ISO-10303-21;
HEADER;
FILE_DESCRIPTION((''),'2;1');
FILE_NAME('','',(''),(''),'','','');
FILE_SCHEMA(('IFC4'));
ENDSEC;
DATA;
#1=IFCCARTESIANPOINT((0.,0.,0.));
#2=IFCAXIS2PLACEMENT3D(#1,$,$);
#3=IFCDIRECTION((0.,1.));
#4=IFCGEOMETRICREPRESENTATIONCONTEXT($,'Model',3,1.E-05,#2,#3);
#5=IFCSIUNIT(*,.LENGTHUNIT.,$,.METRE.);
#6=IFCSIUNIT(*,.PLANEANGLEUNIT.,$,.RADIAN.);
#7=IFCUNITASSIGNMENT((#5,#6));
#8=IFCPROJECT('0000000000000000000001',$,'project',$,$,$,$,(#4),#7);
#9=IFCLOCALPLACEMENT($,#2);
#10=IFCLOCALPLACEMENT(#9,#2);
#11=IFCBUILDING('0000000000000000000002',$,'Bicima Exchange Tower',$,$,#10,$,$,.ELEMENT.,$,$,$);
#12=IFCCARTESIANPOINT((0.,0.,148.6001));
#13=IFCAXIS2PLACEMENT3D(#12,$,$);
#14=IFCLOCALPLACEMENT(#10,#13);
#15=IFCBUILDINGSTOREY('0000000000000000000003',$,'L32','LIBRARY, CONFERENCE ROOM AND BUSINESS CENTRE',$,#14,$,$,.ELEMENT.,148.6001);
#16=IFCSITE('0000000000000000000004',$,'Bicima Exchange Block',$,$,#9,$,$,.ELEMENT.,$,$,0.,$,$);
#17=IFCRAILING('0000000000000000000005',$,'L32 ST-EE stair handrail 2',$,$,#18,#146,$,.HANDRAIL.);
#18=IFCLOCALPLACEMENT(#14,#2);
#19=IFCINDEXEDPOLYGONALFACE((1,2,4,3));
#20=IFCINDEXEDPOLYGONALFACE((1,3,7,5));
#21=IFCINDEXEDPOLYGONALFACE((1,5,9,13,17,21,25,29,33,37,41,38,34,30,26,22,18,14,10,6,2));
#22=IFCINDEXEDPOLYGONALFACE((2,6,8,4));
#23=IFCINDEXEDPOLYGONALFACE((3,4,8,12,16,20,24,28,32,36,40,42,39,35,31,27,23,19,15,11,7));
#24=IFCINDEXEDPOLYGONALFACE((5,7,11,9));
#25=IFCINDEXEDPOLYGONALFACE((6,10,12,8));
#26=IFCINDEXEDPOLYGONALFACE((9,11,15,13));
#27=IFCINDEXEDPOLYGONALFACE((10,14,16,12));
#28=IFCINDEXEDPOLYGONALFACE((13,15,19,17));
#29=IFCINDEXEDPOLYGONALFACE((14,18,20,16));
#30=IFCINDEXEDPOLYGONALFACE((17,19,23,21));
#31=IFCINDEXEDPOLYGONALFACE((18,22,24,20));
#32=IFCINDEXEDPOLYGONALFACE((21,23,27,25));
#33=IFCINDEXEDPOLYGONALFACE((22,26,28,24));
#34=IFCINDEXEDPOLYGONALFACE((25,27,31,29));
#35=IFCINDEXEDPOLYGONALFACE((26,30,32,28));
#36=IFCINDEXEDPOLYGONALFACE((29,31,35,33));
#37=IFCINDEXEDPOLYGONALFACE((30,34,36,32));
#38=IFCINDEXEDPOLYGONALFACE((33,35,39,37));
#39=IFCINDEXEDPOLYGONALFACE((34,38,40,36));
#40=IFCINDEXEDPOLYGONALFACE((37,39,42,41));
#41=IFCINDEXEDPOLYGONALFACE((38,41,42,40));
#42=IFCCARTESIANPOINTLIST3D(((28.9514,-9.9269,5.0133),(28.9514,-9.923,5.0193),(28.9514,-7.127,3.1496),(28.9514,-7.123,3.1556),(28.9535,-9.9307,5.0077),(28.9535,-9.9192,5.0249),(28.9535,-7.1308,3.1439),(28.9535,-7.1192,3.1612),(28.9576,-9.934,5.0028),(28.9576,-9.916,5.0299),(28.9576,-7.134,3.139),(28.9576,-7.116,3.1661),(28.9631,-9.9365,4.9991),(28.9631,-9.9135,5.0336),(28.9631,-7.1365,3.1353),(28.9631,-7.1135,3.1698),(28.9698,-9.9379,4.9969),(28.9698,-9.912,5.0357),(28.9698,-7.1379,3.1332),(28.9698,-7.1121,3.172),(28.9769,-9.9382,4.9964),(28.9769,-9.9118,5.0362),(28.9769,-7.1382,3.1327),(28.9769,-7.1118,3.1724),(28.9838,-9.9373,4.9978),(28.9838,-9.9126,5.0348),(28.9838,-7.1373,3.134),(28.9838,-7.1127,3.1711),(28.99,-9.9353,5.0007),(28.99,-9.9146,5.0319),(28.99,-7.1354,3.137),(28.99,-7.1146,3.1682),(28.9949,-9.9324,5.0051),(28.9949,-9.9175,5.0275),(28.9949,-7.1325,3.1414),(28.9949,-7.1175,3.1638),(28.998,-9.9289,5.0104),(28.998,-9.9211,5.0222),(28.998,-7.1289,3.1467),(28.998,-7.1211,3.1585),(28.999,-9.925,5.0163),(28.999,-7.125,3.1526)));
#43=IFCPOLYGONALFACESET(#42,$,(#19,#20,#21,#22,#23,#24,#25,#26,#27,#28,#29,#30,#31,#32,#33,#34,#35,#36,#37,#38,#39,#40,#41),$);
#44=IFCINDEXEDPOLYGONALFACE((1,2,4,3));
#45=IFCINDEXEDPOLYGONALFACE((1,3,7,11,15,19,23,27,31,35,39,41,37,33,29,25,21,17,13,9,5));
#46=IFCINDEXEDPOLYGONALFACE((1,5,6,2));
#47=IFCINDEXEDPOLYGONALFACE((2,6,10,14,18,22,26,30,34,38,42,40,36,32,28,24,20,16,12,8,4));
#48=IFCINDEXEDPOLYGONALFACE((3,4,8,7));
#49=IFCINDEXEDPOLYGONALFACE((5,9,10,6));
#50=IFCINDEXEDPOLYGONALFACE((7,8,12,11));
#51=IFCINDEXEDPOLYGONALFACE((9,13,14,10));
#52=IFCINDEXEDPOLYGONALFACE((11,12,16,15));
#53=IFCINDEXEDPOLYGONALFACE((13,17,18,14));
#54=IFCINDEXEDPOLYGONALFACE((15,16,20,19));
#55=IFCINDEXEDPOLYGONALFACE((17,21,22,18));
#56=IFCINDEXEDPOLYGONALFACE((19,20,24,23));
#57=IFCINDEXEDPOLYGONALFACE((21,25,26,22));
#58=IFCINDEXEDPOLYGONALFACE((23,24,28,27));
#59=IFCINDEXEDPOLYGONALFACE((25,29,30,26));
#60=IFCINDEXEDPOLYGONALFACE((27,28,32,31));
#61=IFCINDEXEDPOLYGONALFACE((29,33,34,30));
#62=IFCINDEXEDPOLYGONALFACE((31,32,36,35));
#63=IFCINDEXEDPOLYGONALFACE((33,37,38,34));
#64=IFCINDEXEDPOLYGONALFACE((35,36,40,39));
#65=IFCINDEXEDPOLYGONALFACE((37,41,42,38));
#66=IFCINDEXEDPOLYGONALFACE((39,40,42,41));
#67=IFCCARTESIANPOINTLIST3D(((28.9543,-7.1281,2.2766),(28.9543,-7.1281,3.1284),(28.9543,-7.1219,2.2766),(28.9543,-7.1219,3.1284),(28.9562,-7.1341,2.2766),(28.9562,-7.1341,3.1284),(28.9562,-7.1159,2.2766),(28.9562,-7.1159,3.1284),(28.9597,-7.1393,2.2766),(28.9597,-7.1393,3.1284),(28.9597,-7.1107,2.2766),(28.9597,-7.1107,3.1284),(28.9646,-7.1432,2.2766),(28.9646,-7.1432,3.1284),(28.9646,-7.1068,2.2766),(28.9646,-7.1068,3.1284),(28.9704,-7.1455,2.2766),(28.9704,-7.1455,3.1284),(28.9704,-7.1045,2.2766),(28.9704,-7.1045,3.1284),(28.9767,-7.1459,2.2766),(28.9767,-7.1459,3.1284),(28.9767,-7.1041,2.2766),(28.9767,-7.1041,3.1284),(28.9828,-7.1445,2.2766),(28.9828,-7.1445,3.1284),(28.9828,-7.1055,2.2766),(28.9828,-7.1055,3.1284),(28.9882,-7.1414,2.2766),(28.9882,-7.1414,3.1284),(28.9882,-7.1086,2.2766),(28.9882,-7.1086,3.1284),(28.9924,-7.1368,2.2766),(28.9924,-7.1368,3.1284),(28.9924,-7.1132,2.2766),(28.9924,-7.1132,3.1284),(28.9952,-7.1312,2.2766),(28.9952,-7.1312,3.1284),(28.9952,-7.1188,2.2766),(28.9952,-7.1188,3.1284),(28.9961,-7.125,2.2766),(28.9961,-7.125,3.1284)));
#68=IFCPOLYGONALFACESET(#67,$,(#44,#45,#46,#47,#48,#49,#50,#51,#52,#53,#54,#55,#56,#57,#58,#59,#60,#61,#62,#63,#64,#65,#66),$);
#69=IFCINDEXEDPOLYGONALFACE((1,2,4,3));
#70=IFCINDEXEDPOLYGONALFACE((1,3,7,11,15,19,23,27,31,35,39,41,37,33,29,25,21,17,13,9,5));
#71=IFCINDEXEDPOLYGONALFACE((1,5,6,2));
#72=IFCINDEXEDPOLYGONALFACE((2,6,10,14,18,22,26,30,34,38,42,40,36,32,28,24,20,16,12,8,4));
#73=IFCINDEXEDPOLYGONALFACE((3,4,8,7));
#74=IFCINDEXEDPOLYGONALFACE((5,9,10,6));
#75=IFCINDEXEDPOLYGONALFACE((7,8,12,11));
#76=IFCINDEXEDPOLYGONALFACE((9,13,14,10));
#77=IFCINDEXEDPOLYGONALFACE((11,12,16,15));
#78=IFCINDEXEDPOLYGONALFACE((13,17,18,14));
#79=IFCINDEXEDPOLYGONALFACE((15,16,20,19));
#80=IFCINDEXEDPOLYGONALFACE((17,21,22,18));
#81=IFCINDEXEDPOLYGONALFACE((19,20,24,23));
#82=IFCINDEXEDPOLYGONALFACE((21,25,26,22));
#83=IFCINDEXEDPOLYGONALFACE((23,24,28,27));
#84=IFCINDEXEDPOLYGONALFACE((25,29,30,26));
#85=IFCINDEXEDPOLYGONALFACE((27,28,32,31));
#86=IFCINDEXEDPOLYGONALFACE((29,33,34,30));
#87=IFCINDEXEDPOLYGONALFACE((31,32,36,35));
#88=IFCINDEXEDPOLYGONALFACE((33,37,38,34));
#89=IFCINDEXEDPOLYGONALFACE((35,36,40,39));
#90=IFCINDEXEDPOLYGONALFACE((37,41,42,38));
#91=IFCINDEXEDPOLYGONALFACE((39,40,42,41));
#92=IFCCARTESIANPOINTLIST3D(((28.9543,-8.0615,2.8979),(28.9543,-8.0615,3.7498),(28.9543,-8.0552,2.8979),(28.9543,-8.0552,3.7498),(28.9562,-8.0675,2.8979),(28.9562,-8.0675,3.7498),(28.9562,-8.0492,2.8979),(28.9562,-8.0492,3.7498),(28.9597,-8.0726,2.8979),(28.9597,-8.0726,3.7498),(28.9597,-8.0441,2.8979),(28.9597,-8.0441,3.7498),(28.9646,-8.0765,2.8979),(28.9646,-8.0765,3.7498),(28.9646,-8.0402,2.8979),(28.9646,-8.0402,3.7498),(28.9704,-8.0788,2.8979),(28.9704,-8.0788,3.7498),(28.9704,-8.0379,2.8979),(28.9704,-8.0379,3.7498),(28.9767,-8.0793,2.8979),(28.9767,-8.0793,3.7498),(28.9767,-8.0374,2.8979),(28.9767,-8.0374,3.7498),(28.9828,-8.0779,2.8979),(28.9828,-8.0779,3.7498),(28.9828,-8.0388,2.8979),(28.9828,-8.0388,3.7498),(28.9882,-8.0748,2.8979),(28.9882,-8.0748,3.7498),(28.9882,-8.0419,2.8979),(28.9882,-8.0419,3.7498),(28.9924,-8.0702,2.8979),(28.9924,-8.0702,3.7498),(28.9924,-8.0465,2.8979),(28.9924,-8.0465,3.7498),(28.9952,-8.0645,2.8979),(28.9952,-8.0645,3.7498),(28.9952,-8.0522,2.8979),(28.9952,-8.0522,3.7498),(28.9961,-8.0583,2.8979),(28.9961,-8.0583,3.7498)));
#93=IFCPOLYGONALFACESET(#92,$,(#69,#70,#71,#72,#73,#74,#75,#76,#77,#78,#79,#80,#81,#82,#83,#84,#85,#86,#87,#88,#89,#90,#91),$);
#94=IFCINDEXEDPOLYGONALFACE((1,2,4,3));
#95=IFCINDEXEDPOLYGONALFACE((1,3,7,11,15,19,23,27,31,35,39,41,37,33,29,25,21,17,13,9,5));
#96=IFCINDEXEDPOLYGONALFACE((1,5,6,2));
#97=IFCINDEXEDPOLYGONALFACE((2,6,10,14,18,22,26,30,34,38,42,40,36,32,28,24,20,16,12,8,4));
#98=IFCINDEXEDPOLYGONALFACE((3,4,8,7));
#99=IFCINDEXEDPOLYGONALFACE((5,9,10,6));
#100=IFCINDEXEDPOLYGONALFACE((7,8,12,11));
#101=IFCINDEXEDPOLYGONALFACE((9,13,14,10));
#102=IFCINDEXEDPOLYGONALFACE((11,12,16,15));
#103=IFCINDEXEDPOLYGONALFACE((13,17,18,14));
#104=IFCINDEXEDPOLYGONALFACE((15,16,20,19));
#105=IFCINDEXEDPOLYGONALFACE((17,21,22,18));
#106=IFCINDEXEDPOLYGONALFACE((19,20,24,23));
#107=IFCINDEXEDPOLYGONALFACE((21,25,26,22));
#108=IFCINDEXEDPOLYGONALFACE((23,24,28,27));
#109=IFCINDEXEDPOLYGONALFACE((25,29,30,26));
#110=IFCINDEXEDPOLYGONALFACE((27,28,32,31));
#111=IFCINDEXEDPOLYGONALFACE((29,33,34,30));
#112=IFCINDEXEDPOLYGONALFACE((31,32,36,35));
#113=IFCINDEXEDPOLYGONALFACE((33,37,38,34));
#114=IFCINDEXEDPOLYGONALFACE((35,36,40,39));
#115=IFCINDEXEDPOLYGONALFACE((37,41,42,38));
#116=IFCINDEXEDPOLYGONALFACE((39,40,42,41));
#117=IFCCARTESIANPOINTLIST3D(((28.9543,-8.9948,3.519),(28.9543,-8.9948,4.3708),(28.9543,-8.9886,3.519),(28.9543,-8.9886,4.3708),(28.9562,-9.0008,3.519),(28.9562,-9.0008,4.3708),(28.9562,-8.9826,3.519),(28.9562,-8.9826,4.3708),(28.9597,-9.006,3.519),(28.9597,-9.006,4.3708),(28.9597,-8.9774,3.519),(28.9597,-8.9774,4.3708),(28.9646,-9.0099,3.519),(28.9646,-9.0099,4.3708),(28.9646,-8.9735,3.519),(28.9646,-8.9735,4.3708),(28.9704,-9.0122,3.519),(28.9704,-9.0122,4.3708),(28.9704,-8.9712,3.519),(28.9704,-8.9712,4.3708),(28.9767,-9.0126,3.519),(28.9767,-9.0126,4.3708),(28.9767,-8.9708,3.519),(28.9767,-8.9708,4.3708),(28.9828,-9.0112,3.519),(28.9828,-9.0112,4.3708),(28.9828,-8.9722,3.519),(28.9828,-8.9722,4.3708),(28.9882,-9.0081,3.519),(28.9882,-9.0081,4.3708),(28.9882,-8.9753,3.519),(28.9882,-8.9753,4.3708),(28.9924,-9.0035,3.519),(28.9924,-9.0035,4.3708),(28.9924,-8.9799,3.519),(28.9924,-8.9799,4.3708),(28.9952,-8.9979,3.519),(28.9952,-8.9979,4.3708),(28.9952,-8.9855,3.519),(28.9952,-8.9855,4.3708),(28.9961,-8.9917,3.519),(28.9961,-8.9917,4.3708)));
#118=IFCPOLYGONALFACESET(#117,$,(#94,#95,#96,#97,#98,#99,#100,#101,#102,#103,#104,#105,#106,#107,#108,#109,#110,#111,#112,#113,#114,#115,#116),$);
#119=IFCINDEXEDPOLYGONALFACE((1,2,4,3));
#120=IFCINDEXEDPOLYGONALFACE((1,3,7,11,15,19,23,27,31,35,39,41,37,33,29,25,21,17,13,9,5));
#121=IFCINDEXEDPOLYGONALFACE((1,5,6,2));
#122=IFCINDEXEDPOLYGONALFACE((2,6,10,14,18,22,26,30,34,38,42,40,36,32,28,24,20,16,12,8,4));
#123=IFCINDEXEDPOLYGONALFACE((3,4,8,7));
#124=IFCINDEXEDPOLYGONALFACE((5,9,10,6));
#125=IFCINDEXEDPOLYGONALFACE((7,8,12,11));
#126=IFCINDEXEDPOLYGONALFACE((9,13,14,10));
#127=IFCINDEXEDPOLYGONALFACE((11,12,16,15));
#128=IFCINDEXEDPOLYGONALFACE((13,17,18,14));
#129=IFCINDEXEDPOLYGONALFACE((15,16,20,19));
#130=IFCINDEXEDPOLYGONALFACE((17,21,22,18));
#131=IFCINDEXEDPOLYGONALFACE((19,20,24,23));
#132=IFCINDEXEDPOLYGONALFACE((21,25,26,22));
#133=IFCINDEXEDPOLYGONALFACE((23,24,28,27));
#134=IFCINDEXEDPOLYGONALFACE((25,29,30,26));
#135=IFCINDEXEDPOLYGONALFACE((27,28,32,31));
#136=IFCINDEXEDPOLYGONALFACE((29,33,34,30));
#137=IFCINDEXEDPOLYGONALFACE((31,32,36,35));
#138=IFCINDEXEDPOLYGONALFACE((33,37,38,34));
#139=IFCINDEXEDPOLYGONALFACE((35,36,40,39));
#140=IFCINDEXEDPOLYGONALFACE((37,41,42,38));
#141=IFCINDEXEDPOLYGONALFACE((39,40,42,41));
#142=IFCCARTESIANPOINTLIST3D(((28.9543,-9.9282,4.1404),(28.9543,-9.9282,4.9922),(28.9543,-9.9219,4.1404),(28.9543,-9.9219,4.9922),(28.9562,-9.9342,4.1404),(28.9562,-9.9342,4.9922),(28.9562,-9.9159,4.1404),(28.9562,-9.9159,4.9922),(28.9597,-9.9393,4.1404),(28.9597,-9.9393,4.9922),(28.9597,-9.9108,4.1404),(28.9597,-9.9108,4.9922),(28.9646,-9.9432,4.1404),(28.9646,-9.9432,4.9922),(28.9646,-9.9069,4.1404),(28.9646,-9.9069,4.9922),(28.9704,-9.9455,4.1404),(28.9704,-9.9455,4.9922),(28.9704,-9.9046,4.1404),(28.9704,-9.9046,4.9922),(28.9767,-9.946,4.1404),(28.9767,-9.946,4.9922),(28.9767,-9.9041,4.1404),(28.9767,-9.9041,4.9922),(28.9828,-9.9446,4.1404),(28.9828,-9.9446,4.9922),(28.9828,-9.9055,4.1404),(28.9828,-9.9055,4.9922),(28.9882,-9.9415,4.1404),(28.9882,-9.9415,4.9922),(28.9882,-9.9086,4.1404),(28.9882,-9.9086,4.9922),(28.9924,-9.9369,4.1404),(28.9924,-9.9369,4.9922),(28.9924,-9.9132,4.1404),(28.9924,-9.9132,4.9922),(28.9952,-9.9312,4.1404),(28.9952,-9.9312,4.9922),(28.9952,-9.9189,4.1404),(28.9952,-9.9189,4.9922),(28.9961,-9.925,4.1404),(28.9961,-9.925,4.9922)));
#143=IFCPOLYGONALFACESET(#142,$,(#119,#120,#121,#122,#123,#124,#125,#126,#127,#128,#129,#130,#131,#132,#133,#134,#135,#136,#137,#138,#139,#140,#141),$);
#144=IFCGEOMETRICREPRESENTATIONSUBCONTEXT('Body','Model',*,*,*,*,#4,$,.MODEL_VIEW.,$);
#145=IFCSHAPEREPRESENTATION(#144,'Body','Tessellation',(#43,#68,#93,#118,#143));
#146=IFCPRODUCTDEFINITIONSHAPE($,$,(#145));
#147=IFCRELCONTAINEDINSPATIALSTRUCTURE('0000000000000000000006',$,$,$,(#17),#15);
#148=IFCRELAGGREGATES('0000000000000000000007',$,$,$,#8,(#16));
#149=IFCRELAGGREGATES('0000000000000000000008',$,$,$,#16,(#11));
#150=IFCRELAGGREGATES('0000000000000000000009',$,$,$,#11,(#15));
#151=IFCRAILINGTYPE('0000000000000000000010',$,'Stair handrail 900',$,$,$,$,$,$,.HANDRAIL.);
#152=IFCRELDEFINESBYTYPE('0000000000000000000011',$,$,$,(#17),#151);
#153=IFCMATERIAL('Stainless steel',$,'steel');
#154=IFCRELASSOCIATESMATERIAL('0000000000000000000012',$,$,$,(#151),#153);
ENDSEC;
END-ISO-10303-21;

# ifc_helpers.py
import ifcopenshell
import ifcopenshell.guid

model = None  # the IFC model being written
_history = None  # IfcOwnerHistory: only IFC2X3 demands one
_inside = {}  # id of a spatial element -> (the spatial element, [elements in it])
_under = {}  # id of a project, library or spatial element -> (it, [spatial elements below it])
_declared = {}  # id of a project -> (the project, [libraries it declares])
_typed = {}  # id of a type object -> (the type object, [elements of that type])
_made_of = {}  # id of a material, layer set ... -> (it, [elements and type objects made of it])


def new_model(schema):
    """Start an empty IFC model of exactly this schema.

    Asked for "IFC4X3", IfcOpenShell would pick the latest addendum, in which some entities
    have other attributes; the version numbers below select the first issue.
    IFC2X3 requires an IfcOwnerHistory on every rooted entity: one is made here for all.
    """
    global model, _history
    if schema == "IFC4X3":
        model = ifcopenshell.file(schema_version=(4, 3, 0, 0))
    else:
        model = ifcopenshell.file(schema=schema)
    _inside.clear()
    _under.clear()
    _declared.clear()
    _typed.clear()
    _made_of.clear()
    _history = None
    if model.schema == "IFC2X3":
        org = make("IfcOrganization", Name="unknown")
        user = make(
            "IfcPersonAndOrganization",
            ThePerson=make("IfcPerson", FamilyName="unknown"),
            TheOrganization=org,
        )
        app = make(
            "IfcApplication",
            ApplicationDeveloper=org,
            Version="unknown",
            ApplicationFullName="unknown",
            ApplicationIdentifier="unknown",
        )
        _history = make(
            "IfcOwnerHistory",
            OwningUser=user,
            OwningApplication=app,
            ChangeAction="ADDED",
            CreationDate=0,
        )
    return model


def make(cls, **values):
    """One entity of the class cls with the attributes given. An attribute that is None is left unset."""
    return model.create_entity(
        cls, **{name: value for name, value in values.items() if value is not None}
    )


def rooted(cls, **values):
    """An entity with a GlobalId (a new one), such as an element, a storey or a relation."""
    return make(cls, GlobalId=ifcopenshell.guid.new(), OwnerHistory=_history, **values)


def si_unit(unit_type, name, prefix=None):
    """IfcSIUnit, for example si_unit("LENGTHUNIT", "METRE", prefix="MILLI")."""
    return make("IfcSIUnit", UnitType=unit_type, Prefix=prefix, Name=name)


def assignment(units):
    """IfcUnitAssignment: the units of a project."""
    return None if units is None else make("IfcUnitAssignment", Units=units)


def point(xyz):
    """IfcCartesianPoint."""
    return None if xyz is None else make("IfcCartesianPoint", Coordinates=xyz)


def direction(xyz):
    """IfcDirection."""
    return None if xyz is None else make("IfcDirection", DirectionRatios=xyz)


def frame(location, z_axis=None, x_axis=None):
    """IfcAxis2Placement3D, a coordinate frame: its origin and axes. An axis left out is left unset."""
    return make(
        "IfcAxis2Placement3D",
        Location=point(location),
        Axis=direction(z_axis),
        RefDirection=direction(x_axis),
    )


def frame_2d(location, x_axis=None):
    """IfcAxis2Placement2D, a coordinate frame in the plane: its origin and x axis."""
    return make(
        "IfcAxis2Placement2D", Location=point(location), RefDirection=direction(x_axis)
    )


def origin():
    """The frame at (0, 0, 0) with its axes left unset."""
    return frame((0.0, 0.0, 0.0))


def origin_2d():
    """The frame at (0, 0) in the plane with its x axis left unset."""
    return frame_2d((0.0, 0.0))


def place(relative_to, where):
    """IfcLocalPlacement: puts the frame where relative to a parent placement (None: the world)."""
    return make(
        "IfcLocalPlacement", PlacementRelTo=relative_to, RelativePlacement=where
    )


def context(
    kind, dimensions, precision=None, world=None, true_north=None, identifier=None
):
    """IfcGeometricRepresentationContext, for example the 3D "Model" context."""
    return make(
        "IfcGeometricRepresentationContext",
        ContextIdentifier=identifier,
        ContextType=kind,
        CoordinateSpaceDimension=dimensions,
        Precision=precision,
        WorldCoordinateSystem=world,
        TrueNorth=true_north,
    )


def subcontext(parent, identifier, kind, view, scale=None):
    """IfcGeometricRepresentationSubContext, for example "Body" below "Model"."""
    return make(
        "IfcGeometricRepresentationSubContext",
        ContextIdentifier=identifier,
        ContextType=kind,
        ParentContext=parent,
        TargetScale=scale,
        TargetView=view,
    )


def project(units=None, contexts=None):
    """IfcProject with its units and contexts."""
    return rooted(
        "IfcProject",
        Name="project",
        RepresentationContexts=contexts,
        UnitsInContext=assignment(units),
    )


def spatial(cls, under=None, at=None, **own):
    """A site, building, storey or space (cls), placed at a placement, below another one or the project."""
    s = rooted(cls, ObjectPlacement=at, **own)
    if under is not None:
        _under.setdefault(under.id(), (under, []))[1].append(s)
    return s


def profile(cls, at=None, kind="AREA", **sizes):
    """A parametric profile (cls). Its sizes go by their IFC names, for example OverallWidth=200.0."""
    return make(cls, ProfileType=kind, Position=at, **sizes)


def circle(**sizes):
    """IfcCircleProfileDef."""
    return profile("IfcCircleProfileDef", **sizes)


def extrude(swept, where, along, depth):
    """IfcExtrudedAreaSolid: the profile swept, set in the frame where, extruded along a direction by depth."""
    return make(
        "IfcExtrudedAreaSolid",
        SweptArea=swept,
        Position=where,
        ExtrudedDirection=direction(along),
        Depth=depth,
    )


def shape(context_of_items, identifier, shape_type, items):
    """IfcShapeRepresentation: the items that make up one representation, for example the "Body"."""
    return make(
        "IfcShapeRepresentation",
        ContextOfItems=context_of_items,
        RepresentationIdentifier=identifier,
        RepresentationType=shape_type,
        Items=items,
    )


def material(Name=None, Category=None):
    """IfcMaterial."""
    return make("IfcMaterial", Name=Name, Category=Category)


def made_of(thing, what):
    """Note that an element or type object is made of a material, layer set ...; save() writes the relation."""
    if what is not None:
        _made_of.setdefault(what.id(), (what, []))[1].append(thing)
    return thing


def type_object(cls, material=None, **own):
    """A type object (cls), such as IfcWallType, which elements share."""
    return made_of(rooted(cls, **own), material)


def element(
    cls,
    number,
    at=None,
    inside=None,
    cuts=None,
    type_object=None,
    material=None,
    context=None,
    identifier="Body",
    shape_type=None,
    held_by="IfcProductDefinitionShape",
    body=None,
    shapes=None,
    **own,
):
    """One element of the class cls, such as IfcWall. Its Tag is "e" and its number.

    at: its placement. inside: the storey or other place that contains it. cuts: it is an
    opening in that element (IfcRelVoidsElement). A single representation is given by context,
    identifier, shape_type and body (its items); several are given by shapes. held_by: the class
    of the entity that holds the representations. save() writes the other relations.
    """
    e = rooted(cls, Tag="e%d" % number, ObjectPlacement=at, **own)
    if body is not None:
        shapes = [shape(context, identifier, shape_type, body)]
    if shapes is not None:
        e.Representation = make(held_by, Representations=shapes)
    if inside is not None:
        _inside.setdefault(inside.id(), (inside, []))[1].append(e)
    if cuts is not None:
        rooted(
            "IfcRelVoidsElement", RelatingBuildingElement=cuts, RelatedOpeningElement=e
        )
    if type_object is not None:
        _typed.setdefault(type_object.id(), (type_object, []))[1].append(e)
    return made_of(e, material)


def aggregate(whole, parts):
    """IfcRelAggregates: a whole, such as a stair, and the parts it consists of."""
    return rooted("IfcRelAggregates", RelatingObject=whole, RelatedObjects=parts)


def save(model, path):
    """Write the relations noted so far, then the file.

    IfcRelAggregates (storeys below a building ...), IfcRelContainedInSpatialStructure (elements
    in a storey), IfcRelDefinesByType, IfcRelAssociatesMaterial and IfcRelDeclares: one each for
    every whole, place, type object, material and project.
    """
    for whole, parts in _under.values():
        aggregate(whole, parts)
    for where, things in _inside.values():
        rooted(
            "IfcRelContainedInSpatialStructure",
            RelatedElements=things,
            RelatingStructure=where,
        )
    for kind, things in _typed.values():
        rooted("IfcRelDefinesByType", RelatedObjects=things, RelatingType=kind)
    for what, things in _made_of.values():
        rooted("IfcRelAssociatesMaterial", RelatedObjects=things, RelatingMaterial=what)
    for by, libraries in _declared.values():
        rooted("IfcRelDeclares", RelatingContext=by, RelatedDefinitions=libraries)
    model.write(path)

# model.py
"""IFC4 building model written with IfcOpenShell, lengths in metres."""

from ifc_helpers import new_model, si_unit, direction, frame, origin, origin_2d, place, context, subcontext, project, spatial, circle, extrude, material, type_object, element, save


model = new_model("IFC4")

# Units and contexts
model_context = context("Model", 3, precision=1e-05, world=origin(), true_north=direction((0.0, 1.0)))
body_context = subcontext(model_context, "Body", "Model", "MODEL_VIEW")
ifc_project = project(units=[si_unit("LENGTHUNIT", "METRE"), si_unit("PLANEANGLEUNIT", "RADIAN")], contexts=[model_context])

# Site, building, storey
site_placement = place(None, origin())
site = spatial("IfcSite", under=ifc_project, at=site_placement, Name="Bicima Exchange Block", CompositionType="ELEMENT", RefElevation=0.0)
building_placement = place(site_placement, origin())
building = spatial("IfcBuilding", under=site, at=building_placement, Name="Bicima Exchange Tower", CompositionType="ELEMENT")
storey_placement = place(building_placement, frame((0.0, 0.0, 148.6001)))
storey = spatial("IfcBuildingStorey", under=building, at=storey_placement, Name="L32", Description="LIBRARY, CONFERENCE ROOM AND BUSINESS CENTRE", CompositionType="ELEMENT", Elevation=148.6001)

# Railing
ifc_material_1 = material(Name="Stainless steel", Category="steel")
railing_type_1 = type_object("IfcRailingType", Name="Stair handrail 900", PredefinedType="HANDRAIL", material=ifc_material_1)
railing_1_placement = place(storey_placement, frame((28.9751, -7.125, 2.2766)))
element("IfcRailing", 1, at=railing_1_placement, inside=storey, type_object=railing_type_1, Name="L32 ST-EE stair handrail 2", PredefinedType="HANDRAIL", context=body_context, shape_type="SweptSolid", body=[
    extrude(circle(Radius=0.0239, at=origin_2d()), frame((0.0, 0.0, 0.876), z_axis=(0.0, -0.832452, 0.554097), x_axis=(1.0, 0.0, 0.0)), (0.0, 0.0, 1.0), 3.3635),
    extrude(circle(Radius=0.021, at=origin_2d()), origin(), (0.0, 0.0, 1.0), 0.8518),
    extrude(circle(Radius=0.021, at=origin_2d()), frame((0.0, -0.9333, 0.6213)), (0.0, 0.0, 1.0), 0.8518),
    extrude(circle(Radius=0.021, at=origin_2d()), frame((0.0, -1.8667, 1.2424)), (0.0, 0.0, 1.0), 0.8518),
    extrude(circle(Radius=0.021, at=origin_2d()), frame((0.0, -2.8, 1.8638)), (0.0, 0.0, 1.0), 0.8518),
])

save(model, "model.ifc")
